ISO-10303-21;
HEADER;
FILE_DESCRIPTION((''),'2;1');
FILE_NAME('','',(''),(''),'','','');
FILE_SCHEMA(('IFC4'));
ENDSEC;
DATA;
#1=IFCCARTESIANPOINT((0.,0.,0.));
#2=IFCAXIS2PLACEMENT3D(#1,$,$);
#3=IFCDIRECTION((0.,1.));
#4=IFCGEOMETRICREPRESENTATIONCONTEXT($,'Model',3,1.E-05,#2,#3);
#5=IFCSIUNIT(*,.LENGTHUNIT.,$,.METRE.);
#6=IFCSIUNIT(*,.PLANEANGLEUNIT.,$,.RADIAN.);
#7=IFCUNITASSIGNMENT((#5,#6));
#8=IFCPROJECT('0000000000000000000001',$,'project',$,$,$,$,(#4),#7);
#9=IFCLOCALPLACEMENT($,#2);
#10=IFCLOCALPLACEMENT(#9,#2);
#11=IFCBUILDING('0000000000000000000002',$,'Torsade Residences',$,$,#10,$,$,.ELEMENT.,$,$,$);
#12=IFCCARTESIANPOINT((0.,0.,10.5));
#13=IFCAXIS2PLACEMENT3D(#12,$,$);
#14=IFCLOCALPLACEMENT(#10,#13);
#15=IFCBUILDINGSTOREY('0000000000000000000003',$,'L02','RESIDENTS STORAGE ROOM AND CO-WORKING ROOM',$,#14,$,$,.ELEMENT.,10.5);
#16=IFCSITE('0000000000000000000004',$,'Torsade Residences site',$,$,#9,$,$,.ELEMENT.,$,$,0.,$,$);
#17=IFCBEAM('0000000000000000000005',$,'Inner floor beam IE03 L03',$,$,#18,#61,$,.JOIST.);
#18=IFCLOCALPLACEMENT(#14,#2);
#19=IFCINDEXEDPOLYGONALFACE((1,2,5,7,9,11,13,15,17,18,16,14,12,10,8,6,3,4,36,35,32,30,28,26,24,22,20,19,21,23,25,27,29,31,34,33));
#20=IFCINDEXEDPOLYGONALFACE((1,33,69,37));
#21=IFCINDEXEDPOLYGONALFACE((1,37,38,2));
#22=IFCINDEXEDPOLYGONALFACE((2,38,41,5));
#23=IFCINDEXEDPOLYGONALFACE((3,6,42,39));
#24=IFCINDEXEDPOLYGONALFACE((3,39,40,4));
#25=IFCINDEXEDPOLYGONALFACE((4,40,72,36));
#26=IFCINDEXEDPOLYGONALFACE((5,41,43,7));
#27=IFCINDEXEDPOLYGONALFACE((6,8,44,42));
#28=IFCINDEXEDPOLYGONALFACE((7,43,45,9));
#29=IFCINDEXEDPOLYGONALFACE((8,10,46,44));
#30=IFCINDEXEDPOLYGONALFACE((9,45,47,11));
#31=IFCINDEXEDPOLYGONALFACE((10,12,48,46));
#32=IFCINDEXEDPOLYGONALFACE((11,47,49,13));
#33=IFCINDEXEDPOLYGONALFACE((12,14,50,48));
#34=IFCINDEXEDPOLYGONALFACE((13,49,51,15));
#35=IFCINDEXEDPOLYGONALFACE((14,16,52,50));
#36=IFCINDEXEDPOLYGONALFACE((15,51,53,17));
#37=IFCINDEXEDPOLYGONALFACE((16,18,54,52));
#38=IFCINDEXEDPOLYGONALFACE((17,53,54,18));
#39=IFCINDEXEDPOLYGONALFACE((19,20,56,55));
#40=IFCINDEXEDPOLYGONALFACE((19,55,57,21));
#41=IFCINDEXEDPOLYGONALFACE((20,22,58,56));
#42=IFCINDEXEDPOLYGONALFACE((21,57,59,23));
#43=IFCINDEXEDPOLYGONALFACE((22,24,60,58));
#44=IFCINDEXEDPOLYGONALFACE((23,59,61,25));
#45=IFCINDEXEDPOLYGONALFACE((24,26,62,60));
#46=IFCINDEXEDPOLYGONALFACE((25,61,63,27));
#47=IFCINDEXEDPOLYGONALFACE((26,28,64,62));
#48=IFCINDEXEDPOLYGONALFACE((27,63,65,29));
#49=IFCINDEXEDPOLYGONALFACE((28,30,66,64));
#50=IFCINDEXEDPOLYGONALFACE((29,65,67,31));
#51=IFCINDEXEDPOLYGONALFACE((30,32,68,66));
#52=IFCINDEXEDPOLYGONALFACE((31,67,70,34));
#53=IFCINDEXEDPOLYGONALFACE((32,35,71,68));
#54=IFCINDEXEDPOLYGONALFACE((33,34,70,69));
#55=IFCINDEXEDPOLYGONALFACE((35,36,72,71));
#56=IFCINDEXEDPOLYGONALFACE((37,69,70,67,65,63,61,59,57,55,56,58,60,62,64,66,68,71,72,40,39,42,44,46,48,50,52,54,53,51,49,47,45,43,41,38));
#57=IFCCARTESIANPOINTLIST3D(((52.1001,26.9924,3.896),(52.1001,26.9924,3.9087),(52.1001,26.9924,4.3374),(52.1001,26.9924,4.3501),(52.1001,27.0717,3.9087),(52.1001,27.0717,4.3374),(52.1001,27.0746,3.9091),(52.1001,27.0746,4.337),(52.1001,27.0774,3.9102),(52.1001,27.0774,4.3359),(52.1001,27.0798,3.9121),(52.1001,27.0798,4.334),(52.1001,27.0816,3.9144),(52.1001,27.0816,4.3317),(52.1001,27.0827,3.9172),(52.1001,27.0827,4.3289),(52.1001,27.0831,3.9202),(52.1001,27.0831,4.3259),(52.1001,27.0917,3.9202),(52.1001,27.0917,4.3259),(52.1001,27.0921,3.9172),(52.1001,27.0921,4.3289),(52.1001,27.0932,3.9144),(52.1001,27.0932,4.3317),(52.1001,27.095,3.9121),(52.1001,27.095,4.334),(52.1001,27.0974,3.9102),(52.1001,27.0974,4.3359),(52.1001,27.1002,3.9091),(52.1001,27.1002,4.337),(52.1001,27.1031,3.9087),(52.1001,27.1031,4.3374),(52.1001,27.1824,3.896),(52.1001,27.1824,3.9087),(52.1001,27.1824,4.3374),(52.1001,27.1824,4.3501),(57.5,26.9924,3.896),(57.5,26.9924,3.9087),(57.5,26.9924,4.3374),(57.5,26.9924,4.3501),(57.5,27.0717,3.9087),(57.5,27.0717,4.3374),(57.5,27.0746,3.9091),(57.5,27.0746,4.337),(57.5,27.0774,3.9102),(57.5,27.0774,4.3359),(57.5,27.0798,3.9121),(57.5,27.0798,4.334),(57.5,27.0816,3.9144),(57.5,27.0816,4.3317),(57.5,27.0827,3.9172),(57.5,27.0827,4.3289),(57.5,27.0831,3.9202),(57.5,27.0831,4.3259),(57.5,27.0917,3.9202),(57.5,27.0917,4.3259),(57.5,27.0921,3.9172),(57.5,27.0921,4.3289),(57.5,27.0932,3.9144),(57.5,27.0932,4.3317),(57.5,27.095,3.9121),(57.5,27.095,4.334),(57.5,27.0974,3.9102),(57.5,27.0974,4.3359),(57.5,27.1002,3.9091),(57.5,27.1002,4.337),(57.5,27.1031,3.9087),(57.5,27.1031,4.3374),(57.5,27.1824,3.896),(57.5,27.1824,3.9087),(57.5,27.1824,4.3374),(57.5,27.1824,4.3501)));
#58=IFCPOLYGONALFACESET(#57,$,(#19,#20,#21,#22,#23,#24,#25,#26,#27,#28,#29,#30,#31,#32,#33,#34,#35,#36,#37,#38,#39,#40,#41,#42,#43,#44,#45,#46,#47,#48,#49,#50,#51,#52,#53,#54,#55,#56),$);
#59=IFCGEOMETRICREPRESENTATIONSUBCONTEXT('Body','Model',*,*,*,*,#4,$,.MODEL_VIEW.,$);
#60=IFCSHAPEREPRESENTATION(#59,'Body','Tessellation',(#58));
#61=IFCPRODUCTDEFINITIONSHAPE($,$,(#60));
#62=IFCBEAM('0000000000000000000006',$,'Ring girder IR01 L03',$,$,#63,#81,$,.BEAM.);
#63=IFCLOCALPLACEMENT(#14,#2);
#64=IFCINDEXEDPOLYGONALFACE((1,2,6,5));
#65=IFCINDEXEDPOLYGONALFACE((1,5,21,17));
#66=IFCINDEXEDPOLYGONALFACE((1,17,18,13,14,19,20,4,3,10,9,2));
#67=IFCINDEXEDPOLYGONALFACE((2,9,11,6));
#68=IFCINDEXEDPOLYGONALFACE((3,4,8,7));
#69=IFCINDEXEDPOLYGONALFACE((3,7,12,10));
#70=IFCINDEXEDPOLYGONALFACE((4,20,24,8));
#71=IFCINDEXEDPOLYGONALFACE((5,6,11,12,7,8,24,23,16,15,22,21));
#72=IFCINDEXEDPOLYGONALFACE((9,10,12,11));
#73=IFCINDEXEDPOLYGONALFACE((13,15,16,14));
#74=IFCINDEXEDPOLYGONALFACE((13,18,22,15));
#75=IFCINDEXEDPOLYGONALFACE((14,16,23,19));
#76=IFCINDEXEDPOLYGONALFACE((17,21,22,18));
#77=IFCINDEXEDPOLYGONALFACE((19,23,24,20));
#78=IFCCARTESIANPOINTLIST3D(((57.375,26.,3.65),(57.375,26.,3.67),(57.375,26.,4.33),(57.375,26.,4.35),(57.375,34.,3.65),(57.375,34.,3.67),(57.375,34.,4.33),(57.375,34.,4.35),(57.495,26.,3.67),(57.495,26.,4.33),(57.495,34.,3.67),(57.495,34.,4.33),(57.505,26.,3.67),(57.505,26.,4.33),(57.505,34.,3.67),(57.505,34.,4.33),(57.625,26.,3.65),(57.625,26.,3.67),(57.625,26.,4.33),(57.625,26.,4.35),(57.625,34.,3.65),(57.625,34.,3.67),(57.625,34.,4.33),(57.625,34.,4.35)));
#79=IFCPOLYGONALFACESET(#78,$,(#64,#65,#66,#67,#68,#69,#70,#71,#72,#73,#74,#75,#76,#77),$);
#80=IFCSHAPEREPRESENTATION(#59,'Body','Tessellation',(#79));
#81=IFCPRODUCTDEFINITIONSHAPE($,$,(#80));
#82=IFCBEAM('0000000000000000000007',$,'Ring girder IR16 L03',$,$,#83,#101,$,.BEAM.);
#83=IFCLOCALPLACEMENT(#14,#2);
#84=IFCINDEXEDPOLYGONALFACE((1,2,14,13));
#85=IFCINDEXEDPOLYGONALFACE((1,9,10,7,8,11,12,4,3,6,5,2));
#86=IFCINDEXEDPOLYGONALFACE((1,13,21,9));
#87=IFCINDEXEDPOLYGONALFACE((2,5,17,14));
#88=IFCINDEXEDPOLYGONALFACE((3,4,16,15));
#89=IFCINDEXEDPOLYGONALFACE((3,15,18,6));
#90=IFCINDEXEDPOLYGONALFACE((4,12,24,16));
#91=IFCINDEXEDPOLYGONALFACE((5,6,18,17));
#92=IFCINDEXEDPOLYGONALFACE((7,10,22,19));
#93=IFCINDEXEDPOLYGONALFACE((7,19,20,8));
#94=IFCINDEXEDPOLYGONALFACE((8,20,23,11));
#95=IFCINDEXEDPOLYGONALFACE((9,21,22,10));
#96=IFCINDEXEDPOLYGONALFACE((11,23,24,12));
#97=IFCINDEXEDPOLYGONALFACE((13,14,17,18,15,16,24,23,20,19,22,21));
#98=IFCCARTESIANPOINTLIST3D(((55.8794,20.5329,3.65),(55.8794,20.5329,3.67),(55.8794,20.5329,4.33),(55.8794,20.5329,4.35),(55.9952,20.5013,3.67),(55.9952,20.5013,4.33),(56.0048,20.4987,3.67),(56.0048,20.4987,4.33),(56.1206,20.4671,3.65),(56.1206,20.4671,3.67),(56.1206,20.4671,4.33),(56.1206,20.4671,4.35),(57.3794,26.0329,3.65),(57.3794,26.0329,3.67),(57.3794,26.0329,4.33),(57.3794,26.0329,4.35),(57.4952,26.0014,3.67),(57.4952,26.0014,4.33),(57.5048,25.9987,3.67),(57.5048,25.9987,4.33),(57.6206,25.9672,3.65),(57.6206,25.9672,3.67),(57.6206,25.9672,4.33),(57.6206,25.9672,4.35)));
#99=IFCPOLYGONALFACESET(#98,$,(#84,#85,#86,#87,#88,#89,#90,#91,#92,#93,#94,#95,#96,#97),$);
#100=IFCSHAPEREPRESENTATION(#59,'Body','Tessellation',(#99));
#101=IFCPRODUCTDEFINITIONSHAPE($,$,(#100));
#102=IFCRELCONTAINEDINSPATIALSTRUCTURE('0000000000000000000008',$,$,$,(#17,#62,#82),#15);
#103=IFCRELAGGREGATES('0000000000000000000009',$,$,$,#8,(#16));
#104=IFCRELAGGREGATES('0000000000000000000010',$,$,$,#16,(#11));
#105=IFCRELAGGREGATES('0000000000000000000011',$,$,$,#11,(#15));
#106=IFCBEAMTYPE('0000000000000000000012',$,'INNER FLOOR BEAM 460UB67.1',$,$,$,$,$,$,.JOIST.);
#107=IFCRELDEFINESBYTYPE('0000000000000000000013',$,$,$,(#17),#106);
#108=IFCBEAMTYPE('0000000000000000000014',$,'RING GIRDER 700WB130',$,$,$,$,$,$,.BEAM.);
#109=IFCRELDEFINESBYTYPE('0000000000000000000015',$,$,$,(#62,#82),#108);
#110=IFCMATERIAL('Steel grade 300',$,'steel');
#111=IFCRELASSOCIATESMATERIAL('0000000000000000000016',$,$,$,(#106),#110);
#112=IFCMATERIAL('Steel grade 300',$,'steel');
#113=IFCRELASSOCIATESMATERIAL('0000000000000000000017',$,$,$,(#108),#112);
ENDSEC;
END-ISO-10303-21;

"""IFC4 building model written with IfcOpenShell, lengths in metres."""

from ifc_helpers import new_model, si_unit, direction, frame, origin, origin_2d, place, context, subcontext, project, spatial, i_section, extrude, material, material_profile, profile_set, type_object, element, save


model = new_model("IFC4")

# Units and contexts
model_context = context("Model", 3, precision=1e-05, world=origin(), true_north=direction((0.0, 1.0)))
body_context = subcontext(model_context, "Body", "Model", "MODEL_VIEW")
ifc_project = project(units=[si_unit("LENGTHUNIT", "METRE"), si_unit("PLANEANGLEUNIT", "RADIAN")], contexts=[model_context])

# Site, building, storey
site_placement = place(None, origin())
site = spatial("IfcSite", under=ifc_project, at=site_placement, Name="Torsade Residences site", CompositionType="ELEMENT", RefElevation=0.0)
building_placement = place(site_placement, origin())
building = spatial("IfcBuilding", under=site, at=building_placement, Name="Torsade Residences", CompositionType="ELEMENT")
storey_placement = place(building_placement, frame((0.0, 0.0, 10.5)))
storey = spatial("IfcBuildingStorey", under=building, at=storey_placement, Name="L02", Description="RESIDENTS STORAGE ROOM AND CO-WORKING ROOM", CompositionType="ELEMENT", Elevation=10.5)

# Beams
ifc_material_1 = material(Name="Steel grade 300", Category="steel")
ifc_material_profile_1 = material_profile(ifc_material_1, i_section(OverallWidth=0.1899, OverallDepth=0.4541, WebThickness=0.0085, FlangeThickness=0.0127, FilletRadius=0.0115, at=origin_2d()), Name="460UB67.1")
ifc_profile_set_1 = profile_set([ifc_material_profile_1], Name="Steel grade 300")
beam_type_1 = type_object("IfcBeamType", Name="INNER FLOOR BEAM 460UB67.1", PredefinedType="JOIST", material=ifc_profile_set_1)
beam_1_placement = place(storey_placement, frame((52.1001, 27.0874, 4.123), z_axis=(1.0, 0.0, 0.0), x_axis=(0.0, 1.0, 0.0)))
element("IfcBeam", 1, at=beam_1_placement, inside=storey, type_object=beam_type_1, Name="Inner floor beam IE03 L03", PredefinedType="JOIST", context=body_context, shape_type="SweptSolid", body=[
    extrude(i_section(OverallWidth=0.1899, OverallDepth=0.4541, WebThickness=0.0085, FlangeThickness=0.0127, FilletRadius=0.0115, at=origin_2d()), origin(), (0.0, 0.0, 1.0), 5.3999),
])
ifc_material_2 = material(Name="Steel grade 300", Category="steel")
ifc_material_profile_2 = material_profile(ifc_material_2, i_section(OverallWidth=0.25, OverallDepth=0.7, WebThickness=0.01, FlangeThickness=0.02, at=origin_2d()), Name="700WB130")
ifc_profile_set_2 = profile_set([ifc_material_profile_2], Name="Steel grade 300")
beam_type_2 = type_object("IfcBeamType", Name="RING GIRDER 700WB130", PredefinedType="BEAM", material=ifc_profile_set_2)
beam_2_placement = place(storey_placement, frame((57.5, 26.0, 4.0), z_axis=(0.0, 1.0, 0.0), x_axis=(-1.0, 0.0, 0.0)))
element("IfcBeam", 2, at=beam_2_placement, inside=storey, type_object=beam_type_2, Name="Ring girder IR01 L03", PredefinedType="BEAM", context=body_context, shape_type="SweptSolid", body=[
    extrude(i_section(OverallWidth=0.25, OverallDepth=0.7, WebThickness=0.01, FlangeThickness=0.02, at=origin_2d()), origin(), (0.0, 0.0, 1.0), 8.0),
])
beam_3_placement = place(storey_placement, frame((56.0, 20.5, 4.0), z_axis=(0.263117, 0.964764, 0.0), x_axis=(-0.964764, 0.263117, 0.0)))
element("IfcBeam", 3, at=beam_3_placement, inside=storey, type_object=beam_type_2, Name="Ring girder IR16 L03", PredefinedType="BEAM", context=body_context, shape_type="SweptSolid", body=[
    extrude(i_section(OverallWidth=0.25, OverallDepth=0.7, WebThickness=0.01, FlangeThickness=0.02, at=origin_2d()), origin(), (0.0, 0.0, 1.0), 5.7009),
])

save(model, "model.ifc")
